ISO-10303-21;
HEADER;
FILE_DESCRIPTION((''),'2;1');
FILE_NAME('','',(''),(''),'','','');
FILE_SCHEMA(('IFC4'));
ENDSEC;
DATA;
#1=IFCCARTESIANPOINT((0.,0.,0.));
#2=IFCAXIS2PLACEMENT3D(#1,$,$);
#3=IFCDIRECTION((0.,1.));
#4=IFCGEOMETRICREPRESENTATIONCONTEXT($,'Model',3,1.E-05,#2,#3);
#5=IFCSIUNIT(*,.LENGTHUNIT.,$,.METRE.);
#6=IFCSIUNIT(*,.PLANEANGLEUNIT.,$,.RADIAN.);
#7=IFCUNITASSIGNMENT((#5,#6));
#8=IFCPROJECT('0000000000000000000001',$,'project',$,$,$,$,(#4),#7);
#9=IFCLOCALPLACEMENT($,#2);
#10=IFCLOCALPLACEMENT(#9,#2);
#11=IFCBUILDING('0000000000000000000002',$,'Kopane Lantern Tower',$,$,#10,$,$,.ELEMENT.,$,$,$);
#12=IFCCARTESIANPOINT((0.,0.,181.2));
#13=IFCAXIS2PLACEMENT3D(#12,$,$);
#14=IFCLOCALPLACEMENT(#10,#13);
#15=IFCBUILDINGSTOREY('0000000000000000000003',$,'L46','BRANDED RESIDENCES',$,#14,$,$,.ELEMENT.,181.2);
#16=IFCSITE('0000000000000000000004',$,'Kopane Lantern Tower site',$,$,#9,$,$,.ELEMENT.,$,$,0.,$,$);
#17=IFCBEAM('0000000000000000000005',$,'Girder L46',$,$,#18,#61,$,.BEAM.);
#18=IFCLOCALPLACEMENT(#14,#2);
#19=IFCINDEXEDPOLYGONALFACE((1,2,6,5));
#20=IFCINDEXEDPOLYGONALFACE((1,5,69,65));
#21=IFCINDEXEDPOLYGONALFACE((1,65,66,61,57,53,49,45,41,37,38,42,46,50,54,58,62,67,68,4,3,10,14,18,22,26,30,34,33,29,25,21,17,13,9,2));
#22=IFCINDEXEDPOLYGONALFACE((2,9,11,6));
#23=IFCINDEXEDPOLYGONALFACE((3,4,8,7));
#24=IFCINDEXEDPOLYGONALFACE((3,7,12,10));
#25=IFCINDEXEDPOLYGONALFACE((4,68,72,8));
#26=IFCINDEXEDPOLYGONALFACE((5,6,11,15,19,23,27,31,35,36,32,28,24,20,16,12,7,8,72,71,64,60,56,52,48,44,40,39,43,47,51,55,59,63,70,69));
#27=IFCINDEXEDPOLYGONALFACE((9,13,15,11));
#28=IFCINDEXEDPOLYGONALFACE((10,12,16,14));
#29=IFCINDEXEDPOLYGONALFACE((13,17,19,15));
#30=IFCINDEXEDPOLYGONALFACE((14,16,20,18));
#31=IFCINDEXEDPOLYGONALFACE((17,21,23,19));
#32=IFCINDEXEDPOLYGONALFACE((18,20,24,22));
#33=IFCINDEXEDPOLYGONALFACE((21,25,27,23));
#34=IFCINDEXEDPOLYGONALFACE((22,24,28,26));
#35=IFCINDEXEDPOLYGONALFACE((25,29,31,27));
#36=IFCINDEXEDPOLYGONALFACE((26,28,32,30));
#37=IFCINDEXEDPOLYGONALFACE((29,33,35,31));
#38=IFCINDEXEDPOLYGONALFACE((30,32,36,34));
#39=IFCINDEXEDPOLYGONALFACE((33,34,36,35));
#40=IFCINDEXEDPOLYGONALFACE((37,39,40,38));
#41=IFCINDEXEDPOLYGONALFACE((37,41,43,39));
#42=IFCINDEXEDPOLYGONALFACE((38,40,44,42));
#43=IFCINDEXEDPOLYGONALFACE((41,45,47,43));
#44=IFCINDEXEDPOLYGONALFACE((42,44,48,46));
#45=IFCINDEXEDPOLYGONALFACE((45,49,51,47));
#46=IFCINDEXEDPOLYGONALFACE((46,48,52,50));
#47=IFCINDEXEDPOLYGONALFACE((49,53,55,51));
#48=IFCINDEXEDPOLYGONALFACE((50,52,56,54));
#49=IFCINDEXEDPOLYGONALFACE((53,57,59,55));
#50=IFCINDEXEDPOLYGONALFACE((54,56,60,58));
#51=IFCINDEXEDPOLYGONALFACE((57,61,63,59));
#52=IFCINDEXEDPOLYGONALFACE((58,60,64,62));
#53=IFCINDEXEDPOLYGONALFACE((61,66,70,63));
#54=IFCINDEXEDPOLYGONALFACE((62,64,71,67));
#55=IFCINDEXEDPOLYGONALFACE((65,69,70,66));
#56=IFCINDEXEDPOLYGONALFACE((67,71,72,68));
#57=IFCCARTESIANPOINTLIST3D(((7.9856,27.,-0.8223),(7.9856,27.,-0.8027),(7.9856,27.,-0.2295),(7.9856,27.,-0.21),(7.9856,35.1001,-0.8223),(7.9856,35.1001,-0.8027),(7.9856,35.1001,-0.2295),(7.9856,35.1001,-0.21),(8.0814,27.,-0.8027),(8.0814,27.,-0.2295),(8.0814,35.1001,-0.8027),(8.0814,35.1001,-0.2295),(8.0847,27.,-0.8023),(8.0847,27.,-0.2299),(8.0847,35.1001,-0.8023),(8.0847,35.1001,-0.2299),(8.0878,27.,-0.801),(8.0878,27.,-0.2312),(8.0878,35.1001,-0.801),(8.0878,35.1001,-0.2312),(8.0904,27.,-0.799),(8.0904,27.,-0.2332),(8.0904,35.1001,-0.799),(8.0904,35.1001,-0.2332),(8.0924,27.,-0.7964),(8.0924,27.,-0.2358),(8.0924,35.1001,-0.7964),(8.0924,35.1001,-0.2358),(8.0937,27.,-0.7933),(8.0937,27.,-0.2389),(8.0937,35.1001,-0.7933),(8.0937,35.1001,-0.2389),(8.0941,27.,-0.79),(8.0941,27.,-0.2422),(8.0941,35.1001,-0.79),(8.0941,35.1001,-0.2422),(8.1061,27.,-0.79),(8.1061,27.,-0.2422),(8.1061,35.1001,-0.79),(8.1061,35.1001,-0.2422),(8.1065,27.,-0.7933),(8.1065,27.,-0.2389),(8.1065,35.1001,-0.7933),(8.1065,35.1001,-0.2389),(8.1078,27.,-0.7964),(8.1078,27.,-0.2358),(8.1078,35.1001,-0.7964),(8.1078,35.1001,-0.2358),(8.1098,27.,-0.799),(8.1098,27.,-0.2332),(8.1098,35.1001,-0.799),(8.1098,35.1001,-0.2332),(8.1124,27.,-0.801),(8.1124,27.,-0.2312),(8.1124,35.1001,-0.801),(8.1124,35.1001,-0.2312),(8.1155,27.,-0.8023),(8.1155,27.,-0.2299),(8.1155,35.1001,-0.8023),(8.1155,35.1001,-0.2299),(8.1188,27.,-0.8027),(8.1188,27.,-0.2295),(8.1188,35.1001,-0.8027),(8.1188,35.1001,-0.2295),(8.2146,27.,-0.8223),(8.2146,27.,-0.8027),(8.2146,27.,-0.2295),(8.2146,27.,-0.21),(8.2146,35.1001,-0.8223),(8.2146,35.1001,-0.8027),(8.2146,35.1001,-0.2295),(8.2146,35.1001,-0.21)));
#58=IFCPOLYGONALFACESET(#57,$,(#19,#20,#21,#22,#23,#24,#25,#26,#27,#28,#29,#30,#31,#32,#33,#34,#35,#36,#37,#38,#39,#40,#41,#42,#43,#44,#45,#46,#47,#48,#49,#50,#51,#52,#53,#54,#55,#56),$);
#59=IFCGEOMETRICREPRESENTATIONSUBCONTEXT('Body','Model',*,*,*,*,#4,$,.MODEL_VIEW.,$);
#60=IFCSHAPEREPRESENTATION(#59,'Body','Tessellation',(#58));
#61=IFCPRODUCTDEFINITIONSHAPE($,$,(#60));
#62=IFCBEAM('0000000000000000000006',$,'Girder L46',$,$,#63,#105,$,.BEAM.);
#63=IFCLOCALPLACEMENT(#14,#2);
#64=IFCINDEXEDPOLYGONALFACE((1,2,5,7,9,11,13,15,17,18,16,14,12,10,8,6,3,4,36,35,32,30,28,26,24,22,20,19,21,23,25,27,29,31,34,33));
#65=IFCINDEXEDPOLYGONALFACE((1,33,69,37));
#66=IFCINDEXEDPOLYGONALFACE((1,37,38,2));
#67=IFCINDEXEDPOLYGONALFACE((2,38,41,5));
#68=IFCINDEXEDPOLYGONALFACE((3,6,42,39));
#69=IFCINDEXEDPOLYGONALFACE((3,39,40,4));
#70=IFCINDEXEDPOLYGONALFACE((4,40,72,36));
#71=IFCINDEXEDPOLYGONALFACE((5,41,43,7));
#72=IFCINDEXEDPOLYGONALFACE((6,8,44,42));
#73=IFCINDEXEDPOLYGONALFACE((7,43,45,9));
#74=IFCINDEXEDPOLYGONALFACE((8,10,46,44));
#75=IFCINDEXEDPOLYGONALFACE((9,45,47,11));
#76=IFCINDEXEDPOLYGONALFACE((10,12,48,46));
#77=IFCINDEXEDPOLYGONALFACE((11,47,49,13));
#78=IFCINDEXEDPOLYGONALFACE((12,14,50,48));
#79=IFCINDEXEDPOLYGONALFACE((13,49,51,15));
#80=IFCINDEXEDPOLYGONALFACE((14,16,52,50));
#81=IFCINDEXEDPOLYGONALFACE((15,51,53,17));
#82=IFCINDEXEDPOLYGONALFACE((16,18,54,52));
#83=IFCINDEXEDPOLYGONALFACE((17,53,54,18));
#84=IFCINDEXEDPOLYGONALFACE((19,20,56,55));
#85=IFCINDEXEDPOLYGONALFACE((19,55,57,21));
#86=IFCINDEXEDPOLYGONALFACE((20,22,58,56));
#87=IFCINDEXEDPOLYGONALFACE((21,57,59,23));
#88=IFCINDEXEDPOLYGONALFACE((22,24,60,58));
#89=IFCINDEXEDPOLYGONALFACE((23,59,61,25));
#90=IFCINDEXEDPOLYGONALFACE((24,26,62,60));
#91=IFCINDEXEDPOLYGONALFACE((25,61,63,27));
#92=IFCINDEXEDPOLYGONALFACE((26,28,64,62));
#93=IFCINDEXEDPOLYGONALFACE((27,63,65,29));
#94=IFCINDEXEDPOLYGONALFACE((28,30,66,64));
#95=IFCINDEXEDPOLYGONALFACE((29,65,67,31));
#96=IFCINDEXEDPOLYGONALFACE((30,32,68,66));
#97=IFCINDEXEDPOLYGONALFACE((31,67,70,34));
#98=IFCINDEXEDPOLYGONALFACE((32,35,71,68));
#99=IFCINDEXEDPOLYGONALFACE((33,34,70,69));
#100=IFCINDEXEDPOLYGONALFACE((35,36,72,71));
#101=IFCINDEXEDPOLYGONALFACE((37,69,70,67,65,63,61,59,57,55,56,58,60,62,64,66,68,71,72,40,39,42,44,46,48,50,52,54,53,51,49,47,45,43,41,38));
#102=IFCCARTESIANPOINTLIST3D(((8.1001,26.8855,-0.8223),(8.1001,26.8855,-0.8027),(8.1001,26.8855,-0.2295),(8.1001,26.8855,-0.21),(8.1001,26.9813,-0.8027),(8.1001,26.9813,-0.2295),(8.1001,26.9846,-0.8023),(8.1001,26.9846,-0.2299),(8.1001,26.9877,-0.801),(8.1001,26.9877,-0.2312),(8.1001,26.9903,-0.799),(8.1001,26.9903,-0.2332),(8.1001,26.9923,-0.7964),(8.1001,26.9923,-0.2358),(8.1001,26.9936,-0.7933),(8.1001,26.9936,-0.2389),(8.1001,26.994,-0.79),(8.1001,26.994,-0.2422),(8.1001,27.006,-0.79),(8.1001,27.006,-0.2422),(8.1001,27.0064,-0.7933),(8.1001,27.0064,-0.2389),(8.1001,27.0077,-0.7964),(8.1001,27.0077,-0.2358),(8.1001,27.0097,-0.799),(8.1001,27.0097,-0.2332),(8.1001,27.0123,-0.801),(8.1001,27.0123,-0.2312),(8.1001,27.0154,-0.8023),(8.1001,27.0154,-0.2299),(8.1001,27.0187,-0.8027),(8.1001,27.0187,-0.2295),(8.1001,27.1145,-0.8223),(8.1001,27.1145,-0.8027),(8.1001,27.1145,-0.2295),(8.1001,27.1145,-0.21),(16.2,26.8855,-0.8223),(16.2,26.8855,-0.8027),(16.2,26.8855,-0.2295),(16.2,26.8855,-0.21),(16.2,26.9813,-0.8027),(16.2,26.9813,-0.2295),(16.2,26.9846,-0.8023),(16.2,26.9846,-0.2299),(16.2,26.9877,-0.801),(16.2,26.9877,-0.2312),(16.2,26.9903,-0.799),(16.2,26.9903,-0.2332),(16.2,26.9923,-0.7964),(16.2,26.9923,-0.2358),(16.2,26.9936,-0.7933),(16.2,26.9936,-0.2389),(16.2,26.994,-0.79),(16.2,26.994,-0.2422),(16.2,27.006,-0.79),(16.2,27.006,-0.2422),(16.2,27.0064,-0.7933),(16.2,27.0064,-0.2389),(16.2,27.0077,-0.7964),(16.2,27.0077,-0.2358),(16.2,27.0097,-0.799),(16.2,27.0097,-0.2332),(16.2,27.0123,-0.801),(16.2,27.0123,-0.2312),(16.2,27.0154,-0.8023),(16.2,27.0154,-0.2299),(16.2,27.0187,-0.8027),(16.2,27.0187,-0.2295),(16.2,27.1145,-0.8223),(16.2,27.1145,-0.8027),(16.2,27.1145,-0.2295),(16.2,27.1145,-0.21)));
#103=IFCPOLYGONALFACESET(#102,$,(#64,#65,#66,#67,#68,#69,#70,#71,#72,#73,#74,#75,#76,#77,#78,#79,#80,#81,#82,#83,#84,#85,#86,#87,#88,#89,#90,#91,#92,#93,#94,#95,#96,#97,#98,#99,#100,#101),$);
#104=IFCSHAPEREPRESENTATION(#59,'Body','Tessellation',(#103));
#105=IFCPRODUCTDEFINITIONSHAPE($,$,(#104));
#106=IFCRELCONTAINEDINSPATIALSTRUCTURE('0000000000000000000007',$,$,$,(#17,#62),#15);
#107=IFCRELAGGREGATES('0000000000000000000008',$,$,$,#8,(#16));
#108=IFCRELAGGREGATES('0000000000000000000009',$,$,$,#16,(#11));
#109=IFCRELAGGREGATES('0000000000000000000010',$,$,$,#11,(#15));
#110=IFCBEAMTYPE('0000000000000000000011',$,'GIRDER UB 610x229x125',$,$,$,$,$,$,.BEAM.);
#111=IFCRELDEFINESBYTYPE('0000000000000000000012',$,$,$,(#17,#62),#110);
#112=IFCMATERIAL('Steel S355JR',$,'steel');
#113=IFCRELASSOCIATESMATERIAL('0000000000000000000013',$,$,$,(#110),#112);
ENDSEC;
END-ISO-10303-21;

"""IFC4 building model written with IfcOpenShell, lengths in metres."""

from ifc_helpers import new_model, si_unit, direction, frame, origin, origin_2d, place, context, subcontext, project, spatial, i_section, extrude, material, material_profile, profile_set, type_object, element, save


model = new_model("IFC4")

# Units and contexts
model_context = context("Model", 3, precision=1e-05, world=origin(), true_north=direction((0.0, 1.0)))
body_context = subcontext(model_context, "Body", "Model", "MODEL_VIEW")
ifc_project = project(units=[si_unit("LENGTHUNIT", "METRE"), si_unit("PLANEANGLEUNIT", "RADIAN")], contexts=[model_context])

# Site, building, storey
site_placement = place(None, origin())
site = spatial("IfcSite", under=ifc_project, at=site_placement, Name="Kopane Lantern Tower site", CompositionType="ELEMENT", RefElevation=0.0)
building_placement = place(site_placement, origin())
building = spatial("IfcBuilding", under=site, at=building_placement, Name="Kopane Lantern Tower", CompositionType="ELEMENT")
storey_placement = place(building_placement, frame((0.0, 0.0, 181.2)))
storey = spatial("IfcBuildingStorey", under=building, at=storey_placement, Name="L46", Description="BRANDED RESIDENCES", CompositionType="ELEMENT", Elevation=181.2)

# Beams
ifc_material_1 = material(Name="Steel S355JR", Category="steel")
ifc_material_profile_1 = material_profile(ifc_material_1, i_section(OverallWidth=0.229, OverallDepth=0.6123, WebThickness=0.012, FlangeThickness=0.0195, FilletRadius=0.0127, at=origin_2d()), Name="UB 610x229x125")
ifc_profile_set_1 = profile_set([ifc_material_profile_1], Name="Steel S355JR")
beam_type = type_object("IfcBeamType", Name="GIRDER UB 610x229x125", PredefinedType="BEAM", material=ifc_profile_set_1)
for number, where, z_axis, x_axis, name in (
    (1, (8.1001, 27.0, -0.5161), (0.0, 1.0, 0.0), (-1.0, 0.0, 0.0), "Girder L46"),
):
    element("IfcBeam", number, at=place(storey_placement, frame(where, z_axis=z_axis, x_axis=x_axis)), inside=storey, type_object=beam_type, Name=name, PredefinedType="BEAM", context=body_context, shape_type="SweptSolid", body=[
        extrude(i_section(OverallWidth=0.229, OverallDepth=0.6123, WebThickness=0.012, FlangeThickness=0.0195, FilletRadius=0.0127, at=origin_2d()), origin(), (0.0, 0.0, 1.0), 8.1001),
    ])
beam_placement = place(storey_placement, frame((8.1001, 27.0, -0.5161), z_axis=(1.0, 0.0, 0.0), x_axis=(0.0, 1.0, 0.0)))
element("IfcBeam", 2, at=beam_placement, inside=storey, type_object=beam_type, Name="Girder L46", PredefinedType="BEAM", context=body_context, shape_type="SweptSolid", body=[
    extrude(i_section(OverallWidth=0.229, OverallDepth=0.6123, WebThickness=0.012, FlangeThickness=0.0195, FilletRadius=0.0127, at=origin_2d()), origin(), (0.0, 0.0, 1.0), 8.0999),
])

save(model, "model.ifc")
